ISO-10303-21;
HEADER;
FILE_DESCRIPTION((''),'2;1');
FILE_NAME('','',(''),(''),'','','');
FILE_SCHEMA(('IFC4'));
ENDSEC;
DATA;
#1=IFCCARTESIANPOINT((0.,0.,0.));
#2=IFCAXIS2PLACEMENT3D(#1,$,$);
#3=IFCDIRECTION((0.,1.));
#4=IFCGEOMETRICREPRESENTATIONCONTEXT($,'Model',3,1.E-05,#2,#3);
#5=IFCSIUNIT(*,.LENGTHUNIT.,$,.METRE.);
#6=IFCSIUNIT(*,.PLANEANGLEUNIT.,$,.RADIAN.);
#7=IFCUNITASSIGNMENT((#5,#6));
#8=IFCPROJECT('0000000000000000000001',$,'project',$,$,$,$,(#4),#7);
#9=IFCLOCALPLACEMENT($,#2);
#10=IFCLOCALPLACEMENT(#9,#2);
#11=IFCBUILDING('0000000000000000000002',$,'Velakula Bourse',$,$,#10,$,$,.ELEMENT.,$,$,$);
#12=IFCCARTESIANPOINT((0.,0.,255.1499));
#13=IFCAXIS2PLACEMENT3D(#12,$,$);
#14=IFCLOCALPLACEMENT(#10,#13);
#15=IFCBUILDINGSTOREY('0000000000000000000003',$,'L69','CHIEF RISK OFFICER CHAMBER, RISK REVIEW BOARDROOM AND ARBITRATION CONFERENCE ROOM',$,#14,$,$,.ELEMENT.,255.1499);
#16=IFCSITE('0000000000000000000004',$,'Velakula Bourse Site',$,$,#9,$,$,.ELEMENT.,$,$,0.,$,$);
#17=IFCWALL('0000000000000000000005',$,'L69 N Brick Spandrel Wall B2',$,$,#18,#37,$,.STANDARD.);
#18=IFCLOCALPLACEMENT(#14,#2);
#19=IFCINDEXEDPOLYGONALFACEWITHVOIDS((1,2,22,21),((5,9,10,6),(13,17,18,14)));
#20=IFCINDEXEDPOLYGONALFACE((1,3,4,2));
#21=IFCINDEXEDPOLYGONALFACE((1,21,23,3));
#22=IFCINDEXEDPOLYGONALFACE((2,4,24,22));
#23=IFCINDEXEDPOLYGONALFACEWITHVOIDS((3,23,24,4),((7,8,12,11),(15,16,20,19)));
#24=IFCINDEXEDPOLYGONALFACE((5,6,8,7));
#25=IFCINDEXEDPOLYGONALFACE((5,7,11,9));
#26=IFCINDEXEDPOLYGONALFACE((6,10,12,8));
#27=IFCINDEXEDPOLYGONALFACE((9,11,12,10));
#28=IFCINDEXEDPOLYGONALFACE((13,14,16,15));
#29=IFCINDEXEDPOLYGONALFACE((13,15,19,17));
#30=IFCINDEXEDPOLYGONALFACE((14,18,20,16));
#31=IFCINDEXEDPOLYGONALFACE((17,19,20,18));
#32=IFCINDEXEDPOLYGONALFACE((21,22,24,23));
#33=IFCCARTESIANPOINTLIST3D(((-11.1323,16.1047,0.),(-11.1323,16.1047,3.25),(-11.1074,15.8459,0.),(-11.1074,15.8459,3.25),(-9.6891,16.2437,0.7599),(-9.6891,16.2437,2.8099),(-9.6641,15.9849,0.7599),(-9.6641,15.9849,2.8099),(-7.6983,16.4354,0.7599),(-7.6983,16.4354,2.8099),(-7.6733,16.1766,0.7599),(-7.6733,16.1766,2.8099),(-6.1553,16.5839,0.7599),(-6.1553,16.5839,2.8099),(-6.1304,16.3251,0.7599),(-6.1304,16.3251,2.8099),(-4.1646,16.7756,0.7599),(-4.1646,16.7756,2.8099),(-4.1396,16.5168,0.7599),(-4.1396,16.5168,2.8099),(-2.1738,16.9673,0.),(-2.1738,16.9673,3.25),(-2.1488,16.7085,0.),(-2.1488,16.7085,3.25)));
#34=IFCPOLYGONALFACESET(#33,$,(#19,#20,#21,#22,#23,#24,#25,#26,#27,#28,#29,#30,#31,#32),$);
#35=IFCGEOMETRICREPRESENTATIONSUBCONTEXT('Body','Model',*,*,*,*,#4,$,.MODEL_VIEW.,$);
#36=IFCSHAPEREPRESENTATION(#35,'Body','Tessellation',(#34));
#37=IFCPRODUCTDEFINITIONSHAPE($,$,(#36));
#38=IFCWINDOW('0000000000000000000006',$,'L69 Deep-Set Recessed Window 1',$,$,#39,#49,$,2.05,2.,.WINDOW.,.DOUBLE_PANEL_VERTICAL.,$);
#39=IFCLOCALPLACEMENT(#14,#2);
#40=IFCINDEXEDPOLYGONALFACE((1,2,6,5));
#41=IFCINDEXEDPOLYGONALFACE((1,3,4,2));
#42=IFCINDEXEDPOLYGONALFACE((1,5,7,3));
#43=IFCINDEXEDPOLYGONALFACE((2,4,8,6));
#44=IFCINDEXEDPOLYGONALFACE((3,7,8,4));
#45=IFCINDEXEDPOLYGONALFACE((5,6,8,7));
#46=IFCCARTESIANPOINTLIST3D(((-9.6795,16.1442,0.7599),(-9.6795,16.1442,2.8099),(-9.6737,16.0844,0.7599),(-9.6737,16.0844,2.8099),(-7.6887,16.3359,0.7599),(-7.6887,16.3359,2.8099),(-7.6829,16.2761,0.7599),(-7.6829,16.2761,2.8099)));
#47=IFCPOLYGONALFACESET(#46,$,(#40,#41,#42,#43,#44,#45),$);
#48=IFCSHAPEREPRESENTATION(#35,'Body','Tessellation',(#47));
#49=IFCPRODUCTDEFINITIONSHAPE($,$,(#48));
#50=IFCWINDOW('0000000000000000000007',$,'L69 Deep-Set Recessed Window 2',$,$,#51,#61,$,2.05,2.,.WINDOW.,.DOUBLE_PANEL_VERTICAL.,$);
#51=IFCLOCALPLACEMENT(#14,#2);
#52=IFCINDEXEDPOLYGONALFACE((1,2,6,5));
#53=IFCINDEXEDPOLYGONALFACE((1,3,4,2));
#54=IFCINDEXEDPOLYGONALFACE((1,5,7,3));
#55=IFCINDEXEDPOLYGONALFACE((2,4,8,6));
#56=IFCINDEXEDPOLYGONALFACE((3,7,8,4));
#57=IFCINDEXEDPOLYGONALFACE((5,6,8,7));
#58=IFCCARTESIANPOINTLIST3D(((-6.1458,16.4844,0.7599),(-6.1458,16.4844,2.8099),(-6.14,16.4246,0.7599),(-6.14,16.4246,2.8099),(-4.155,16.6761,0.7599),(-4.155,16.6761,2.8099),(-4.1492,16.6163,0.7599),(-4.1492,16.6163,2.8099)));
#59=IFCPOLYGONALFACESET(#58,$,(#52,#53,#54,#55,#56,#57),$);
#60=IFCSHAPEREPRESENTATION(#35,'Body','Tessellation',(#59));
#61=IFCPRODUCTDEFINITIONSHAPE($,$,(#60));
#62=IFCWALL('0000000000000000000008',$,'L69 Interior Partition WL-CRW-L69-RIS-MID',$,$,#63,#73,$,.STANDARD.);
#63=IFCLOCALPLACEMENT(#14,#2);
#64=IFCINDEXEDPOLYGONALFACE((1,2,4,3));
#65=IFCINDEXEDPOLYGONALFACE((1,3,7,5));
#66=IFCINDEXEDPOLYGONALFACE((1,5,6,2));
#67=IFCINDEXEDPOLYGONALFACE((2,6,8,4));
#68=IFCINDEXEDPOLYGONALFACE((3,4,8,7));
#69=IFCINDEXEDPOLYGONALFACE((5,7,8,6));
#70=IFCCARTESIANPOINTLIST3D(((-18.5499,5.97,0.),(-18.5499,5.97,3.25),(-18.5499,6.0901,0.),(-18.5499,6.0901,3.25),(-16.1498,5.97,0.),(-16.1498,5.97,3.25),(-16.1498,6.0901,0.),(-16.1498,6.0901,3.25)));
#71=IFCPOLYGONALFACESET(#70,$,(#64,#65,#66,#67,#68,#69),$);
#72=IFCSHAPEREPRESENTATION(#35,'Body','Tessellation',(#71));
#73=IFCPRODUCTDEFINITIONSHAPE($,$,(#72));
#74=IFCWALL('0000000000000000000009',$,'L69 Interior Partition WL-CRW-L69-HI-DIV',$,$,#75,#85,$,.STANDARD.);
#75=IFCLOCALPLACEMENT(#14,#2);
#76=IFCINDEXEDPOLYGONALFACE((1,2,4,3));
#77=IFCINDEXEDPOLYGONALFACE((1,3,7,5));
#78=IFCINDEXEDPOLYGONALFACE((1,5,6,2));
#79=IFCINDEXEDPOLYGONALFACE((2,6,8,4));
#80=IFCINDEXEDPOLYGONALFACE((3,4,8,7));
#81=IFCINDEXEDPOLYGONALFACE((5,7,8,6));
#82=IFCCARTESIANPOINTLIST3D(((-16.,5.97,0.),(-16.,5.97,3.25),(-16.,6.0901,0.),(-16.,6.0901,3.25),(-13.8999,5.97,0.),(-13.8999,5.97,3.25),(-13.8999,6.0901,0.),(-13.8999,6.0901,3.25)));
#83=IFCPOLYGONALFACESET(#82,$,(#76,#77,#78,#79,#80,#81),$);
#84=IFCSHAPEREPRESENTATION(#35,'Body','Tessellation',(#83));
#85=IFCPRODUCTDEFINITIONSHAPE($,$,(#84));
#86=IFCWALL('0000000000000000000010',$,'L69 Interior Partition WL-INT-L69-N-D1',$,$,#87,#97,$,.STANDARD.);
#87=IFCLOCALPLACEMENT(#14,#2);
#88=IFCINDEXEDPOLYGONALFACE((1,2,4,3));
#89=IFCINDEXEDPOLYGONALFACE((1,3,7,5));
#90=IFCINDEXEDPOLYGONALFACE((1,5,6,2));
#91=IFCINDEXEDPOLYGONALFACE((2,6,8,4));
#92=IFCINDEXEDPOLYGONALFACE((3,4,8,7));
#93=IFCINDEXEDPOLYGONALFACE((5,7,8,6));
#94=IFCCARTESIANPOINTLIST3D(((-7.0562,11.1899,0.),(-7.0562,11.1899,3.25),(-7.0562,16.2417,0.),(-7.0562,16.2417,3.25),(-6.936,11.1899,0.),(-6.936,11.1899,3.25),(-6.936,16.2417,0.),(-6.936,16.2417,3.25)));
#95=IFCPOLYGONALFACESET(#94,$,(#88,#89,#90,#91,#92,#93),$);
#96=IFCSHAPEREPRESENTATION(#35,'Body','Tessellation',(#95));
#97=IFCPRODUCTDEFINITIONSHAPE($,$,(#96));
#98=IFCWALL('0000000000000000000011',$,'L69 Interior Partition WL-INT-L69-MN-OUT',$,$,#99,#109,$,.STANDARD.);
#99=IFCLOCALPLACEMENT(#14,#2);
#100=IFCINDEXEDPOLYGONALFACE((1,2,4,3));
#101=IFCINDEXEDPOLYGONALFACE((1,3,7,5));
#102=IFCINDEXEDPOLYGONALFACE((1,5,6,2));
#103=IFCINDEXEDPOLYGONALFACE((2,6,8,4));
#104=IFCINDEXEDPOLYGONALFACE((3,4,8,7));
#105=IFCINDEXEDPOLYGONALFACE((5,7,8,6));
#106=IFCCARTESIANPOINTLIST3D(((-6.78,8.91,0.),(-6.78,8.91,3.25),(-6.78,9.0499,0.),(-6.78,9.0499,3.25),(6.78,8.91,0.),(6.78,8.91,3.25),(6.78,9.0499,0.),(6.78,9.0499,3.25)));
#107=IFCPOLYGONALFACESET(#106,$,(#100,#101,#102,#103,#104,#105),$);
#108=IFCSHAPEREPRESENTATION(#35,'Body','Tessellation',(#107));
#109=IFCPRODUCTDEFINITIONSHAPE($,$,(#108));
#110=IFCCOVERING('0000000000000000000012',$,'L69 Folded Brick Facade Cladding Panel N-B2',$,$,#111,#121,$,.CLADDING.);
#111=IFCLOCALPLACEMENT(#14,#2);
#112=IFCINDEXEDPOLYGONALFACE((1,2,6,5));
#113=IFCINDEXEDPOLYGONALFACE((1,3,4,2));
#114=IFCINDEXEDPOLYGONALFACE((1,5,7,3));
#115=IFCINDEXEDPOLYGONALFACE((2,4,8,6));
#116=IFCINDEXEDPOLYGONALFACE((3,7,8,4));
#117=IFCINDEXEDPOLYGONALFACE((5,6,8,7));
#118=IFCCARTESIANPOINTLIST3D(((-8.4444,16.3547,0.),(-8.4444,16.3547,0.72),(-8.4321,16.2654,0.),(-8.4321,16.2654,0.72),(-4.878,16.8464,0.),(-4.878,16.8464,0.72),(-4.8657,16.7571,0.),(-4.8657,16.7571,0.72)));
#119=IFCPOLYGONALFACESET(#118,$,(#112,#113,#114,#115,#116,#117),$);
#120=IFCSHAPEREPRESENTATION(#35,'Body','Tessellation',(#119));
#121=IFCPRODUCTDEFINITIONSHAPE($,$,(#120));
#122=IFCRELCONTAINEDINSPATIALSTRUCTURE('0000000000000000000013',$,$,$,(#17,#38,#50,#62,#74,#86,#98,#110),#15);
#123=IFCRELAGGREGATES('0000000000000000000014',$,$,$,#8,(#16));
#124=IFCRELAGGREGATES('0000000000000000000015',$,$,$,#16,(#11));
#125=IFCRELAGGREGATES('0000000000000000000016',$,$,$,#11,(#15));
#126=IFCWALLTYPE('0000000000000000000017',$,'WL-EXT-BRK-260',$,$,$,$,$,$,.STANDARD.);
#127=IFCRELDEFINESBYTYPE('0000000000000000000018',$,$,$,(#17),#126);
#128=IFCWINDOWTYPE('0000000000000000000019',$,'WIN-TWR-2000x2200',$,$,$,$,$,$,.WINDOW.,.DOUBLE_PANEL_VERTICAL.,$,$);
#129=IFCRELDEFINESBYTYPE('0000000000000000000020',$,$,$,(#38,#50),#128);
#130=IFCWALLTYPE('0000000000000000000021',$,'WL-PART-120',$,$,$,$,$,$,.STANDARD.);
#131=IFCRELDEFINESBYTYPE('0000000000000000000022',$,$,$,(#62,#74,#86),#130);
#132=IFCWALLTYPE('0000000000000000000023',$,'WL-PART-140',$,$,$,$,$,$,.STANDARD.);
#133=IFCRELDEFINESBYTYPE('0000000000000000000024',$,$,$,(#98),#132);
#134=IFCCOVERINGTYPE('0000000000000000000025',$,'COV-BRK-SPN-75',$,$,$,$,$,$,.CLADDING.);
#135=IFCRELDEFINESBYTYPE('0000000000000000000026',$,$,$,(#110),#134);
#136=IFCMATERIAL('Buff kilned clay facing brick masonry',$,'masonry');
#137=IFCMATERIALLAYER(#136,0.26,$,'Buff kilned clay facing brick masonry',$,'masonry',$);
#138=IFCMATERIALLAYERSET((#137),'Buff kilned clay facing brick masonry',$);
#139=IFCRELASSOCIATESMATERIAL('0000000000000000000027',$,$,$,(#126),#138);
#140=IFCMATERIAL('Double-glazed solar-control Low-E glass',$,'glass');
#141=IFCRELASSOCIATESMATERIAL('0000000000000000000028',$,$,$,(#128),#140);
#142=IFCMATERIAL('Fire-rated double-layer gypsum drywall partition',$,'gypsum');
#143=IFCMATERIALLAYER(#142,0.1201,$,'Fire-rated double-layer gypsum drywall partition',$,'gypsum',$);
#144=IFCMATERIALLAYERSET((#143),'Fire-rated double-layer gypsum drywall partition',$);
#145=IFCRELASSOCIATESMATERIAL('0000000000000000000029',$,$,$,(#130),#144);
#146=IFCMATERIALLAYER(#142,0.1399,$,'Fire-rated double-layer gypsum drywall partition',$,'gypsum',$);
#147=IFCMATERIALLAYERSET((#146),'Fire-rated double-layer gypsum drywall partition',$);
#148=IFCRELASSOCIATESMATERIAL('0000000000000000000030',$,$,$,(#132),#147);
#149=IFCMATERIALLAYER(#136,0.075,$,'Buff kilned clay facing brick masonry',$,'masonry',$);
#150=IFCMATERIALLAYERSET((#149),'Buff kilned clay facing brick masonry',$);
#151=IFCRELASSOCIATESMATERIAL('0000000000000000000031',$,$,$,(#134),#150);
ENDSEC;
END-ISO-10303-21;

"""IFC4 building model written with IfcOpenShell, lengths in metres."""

from ifc_helpers import new_model, si_unit, direction, frame, frame_2d, origin, origin_2d, place, context, subcontext, project, spatial, rectangle, extrude, material, layer, layer_set, type_object, element, fill, save


model = new_model("IFC4")

# Units and contexts
model_context = context("Model", 3, precision=1e-05, world=origin(), true_north=direction((0.0, 1.0)))
body_context = subcontext(model_context, "Body", "Model", "MODEL_VIEW")
ifc_project = project(units=[si_unit("LENGTHUNIT", "METRE"), si_unit("PLANEANGLEUNIT", "RADIAN")], contexts=[model_context])

# Site, building, storey
site_placement = place(None, origin())
site = spatial("IfcSite", under=ifc_project, at=site_placement, Name="Velakula Bourse Site", CompositionType="ELEMENT", RefElevation=0.0)
building_placement = place(site_placement, origin())
building = spatial("IfcBuilding", under=site, at=building_placement, Name="Velakula Bourse", CompositionType="ELEMENT")
storey_placement = place(building_placement, frame((0.0, 0.0, 255.1499)))
storey = spatial("IfcBuildingStorey", under=building, at=storey_placement, Name="L69", Description="CHIEF RISK OFFICER CHAMBER, RISK REVIEW BOARDROOM AND ARBITRATION CONFERENCE ROOM", CompositionType="ELEMENT", Elevation=255.1499)

# Wall, openings, windows
ifc_material_1 = material(Name="Buff kilned clay facing brick masonry", Category="masonry")
ifc_layer_1 = layer(ifc_material_1, 0.26, Name="Buff kilned clay facing brick masonry", Category="masonry")
ifc_layer_set_1 = layer_set([ifc_layer_1], Name="Buff kilned clay facing brick masonry")
wall_type_1 = type_object("IfcWallType", Name="WL-EXT-BRK-260", PredefinedType="STANDARD", material=ifc_layer_set_1)
wall_1_placement = place(storey_placement, frame((-11.1199, 15.9753, 0.0), z_axis=(0.0, 0.0, 1.0), x_axis=(0.995397, 0.09584, 0.0)))
wall_1 = element("IfcWall", 1, at=wall_1_placement, inside=storey, type_object=wall_type_1, Name="L69 N Brick Spandrel Wall B2", PredefinedType="STANDARD", context=body_context, shape_type="SweptSolid", body=[
    extrude(rectangle(XDim=9.0, YDim=0.26, at=frame_2d((4.5, 0.0))), origin(), (0.0, 0.0, 1.0), 3.25),
])
opening_1_placement = place(wall_1_placement, frame((1.45, 0.0, 0.76)))
opening_1 = element("IfcOpeningElement", 2, at=opening_1_placement, cuts=wall_1, PredefinedType="OPENING", context=body_context, shape_type="SweptSolid", body=[
    extrude(rectangle(XDim=2.0, YDim=2.05, at=frame_2d((1.0, 1.0249))), frame((0.0, 0.1399, 0.0), z_axis=(0.0, -1.0, 0.0), x_axis=(1.0, 0.0, 0.0)), (0.0, 0.0, 1.0), 0.28),
])
opening_2_placement = place(wall_1_placement, frame((5.0, 0.0, 0.76)))
opening_2 = element("IfcOpeningElement", 3, at=opening_2_placement, cuts=wall_1, PredefinedType="OPENING", context=body_context, shape_type="SweptSolid", body=[
    extrude(rectangle(XDim=2.0, YDim=2.05, at=frame_2d((1.0, 1.0249))), frame((0.0, 0.1399, 0.0), z_axis=(0.0, -1.0, 0.0), x_axis=(1.0, 0.0, 0.0)), (0.0, 0.0, 1.0), 0.28),
])
ifc_material_2 = material(Name="Double-glazed solar-control Low-E glass", Category="glass")
window_type = type_object("IfcWindowType", Name="WIN-TWR-2000x2200", PartitioningType="DOUBLE_PANEL_VERTICAL", PredefinedType="WINDOW", material=ifc_material_2)
window_1_placement = place(opening_1_placement, origin())
window_1 = element("IfcWindow", 4, at=window_1_placement, inside=storey, type_object=window_type, Name="L69 Deep-Set Recessed Window 1", OverallHeight=2.05, OverallWidth=2.0, PartitioningType="DOUBLE_PANEL_VERTICAL", PredefinedType="WINDOW", context=body_context, shape_type="SweptSolid", body=[
    extrude(rectangle(XDim=2.0, YDim=2.05, at=frame_2d((1.0, 1.0249))), frame((0.0, 0.03, 0.0), z_axis=(0.0, -1.0, 0.0), x_axis=(1.0, 0.0, 0.0)), (0.0, 0.0, 1.0), 0.0601),
])
fill(opening_1, window_1)
window_2_placement = place(opening_2_placement, origin())
window_2 = element("IfcWindow", 5, at=window_2_placement, inside=storey, type_object=window_type, Name="L69 Deep-Set Recessed Window 2", OverallHeight=2.05, OverallWidth=2.0, PartitioningType="DOUBLE_PANEL_VERTICAL", PredefinedType="WINDOW", context=body_context, shape_type="SweptSolid", body=[
    extrude(rectangle(XDim=2.0, YDim=2.05, at=frame_2d((1.0, 1.0249))), frame((0.0, 0.03, 0.0), z_axis=(0.0, -1.0, 0.0), x_axis=(1.0, 0.0, 0.0)), (0.0, 0.0, 1.0), 0.0601),
])
fill(opening_2, window_2)

# Walls
ifc_material_3 = material(Name="Fire-rated double-layer gypsum drywall partition", Category="gypsum")
ifc_layer_2 = layer(ifc_material_3, 0.1201, Name="Fire-rated double-layer gypsum drywall partition", Category="gypsum")
ifc_layer_set_2 = layer_set([ifc_layer_2], Name="Fire-rated double-layer gypsum drywall partition")
wall_type_2 = type_object("IfcWallType", Name="WL-PART-120", PredefinedType="STANDARD", material=ifc_layer_set_2)
wall_2_placement = place(storey_placement, frame((-18.55, 6.03, 0.0), z_axis=(0.0, 0.0, 1.0), x_axis=(1.0, 0.0, 0.0)))
element("IfcWall", 6, at=wall_2_placement, inside=storey, type_object=wall_type_2, Name="L69 Interior Partition WL-CRW-L69-RIS-MID", PredefinedType="STANDARD", context=body_context, shape_type="SweptSolid", body=[
    extrude(rectangle(XDim=2.4001, YDim=0.1201, at=frame_2d((1.2002, 0.0))), origin(), (0.0, 0.0, 1.0), 3.25),
])
wall_3_placement = place(storey_placement, frame((-16.0, 6.03, 0.0), z_axis=(0.0, 0.0, 1.0), x_axis=(1.0, 0.0, 0.0)))
element("IfcWall", 7, at=wall_3_placement, inside=storey, type_object=wall_type_2, Name="L69 Interior Partition WL-CRW-L69-HI-DIV", PredefinedType="STANDARD", context=body_context, shape_type="SweptSolid", body=[
    extrude(rectangle(XDim=2.1001, YDim=0.1201, at=frame_2d((1.05, 0.0))), origin(), (0.0, 0.0, 1.0), 3.25),
])
wall_4_placement = place(storey_placement, frame((-6.9961, 11.1899, 0.0), z_axis=(0.0, 0.0, 1.0), x_axis=(0.0, 1.0, 0.0)))
element("IfcWall", 8, at=wall_4_placement, inside=storey, type_object=wall_type_2, Name="L69 Interior Partition WL-INT-L69-N-D1", PredefinedType="STANDARD", context=body_context, shape_type="SweptSolid", body=[
    extrude(rectangle(XDim=5.0518, YDim=0.1201, at=frame_2d((2.5259, 0.0))), origin(), (0.0, 0.0, 1.0), 3.25),
])
ifc_layer_3 = layer(ifc_material_3, 0.1399, Name="Fire-rated double-layer gypsum drywall partition", Category="gypsum")
ifc_layer_set_3 = layer_set([ifc_layer_3], Name="Fire-rated double-layer gypsum drywall partition")
wall_type_3 = type_object("IfcWallType", Name="WL-PART-140", PredefinedType="STANDARD", material=ifc_layer_set_3)
wall_5_placement = place(storey_placement, frame((-6.78, 8.98, 0.0), z_axis=(0.0, 0.0, 1.0), x_axis=(1.0, 0.0, 0.0)))
element("IfcWall", 9, at=wall_5_placement, inside=storey, type_object=wall_type_3, Name="L69 Interior Partition WL-INT-L69-MN-OUT", PredefinedType="STANDARD", context=body_context, shape_type="SweptSolid", body=[
    extrude(rectangle(XDim=13.5601, YDim=0.1399, at=frame_2d((6.78, 0.0))), origin(), (0.0, 0.0, 1.0), 3.25),
])

# Covering
ifc_layer_4 = layer(ifc_material_1, 0.075, Name="Buff kilned clay facing brick masonry", Category="masonry")
ifc_layer_set_4 = layer_set([ifc_layer_4], Name="Buff kilned clay facing brick masonry")
covering_type = type_object("IfcCoveringType", Name="COV-BRK-SPN-75", PredefinedType="CLADDING", material=ifc_layer_set_4)
covering_placement = place(storey_placement, frame((-6.655, 16.5559, 0.0), z_axis=(0.0, 0.0, 1.0), x_axis=(0.990629, 0.13658, 0.0)))
element("IfcCovering", 10, at=covering_placement, inside=storey, type_object=covering_type, Name="L69 Folded Brick Facade Cladding Panel N-B2", PredefinedType="CLADDING", context=body_context, shape_type="SweptSolid", body=[
    extrude(rectangle(XDim=3.6001, YDim=0.0901, at=origin_2d()), origin(), (0.0, 0.0, 1.0), 0.72),
])

save(model, "model.ifc")
